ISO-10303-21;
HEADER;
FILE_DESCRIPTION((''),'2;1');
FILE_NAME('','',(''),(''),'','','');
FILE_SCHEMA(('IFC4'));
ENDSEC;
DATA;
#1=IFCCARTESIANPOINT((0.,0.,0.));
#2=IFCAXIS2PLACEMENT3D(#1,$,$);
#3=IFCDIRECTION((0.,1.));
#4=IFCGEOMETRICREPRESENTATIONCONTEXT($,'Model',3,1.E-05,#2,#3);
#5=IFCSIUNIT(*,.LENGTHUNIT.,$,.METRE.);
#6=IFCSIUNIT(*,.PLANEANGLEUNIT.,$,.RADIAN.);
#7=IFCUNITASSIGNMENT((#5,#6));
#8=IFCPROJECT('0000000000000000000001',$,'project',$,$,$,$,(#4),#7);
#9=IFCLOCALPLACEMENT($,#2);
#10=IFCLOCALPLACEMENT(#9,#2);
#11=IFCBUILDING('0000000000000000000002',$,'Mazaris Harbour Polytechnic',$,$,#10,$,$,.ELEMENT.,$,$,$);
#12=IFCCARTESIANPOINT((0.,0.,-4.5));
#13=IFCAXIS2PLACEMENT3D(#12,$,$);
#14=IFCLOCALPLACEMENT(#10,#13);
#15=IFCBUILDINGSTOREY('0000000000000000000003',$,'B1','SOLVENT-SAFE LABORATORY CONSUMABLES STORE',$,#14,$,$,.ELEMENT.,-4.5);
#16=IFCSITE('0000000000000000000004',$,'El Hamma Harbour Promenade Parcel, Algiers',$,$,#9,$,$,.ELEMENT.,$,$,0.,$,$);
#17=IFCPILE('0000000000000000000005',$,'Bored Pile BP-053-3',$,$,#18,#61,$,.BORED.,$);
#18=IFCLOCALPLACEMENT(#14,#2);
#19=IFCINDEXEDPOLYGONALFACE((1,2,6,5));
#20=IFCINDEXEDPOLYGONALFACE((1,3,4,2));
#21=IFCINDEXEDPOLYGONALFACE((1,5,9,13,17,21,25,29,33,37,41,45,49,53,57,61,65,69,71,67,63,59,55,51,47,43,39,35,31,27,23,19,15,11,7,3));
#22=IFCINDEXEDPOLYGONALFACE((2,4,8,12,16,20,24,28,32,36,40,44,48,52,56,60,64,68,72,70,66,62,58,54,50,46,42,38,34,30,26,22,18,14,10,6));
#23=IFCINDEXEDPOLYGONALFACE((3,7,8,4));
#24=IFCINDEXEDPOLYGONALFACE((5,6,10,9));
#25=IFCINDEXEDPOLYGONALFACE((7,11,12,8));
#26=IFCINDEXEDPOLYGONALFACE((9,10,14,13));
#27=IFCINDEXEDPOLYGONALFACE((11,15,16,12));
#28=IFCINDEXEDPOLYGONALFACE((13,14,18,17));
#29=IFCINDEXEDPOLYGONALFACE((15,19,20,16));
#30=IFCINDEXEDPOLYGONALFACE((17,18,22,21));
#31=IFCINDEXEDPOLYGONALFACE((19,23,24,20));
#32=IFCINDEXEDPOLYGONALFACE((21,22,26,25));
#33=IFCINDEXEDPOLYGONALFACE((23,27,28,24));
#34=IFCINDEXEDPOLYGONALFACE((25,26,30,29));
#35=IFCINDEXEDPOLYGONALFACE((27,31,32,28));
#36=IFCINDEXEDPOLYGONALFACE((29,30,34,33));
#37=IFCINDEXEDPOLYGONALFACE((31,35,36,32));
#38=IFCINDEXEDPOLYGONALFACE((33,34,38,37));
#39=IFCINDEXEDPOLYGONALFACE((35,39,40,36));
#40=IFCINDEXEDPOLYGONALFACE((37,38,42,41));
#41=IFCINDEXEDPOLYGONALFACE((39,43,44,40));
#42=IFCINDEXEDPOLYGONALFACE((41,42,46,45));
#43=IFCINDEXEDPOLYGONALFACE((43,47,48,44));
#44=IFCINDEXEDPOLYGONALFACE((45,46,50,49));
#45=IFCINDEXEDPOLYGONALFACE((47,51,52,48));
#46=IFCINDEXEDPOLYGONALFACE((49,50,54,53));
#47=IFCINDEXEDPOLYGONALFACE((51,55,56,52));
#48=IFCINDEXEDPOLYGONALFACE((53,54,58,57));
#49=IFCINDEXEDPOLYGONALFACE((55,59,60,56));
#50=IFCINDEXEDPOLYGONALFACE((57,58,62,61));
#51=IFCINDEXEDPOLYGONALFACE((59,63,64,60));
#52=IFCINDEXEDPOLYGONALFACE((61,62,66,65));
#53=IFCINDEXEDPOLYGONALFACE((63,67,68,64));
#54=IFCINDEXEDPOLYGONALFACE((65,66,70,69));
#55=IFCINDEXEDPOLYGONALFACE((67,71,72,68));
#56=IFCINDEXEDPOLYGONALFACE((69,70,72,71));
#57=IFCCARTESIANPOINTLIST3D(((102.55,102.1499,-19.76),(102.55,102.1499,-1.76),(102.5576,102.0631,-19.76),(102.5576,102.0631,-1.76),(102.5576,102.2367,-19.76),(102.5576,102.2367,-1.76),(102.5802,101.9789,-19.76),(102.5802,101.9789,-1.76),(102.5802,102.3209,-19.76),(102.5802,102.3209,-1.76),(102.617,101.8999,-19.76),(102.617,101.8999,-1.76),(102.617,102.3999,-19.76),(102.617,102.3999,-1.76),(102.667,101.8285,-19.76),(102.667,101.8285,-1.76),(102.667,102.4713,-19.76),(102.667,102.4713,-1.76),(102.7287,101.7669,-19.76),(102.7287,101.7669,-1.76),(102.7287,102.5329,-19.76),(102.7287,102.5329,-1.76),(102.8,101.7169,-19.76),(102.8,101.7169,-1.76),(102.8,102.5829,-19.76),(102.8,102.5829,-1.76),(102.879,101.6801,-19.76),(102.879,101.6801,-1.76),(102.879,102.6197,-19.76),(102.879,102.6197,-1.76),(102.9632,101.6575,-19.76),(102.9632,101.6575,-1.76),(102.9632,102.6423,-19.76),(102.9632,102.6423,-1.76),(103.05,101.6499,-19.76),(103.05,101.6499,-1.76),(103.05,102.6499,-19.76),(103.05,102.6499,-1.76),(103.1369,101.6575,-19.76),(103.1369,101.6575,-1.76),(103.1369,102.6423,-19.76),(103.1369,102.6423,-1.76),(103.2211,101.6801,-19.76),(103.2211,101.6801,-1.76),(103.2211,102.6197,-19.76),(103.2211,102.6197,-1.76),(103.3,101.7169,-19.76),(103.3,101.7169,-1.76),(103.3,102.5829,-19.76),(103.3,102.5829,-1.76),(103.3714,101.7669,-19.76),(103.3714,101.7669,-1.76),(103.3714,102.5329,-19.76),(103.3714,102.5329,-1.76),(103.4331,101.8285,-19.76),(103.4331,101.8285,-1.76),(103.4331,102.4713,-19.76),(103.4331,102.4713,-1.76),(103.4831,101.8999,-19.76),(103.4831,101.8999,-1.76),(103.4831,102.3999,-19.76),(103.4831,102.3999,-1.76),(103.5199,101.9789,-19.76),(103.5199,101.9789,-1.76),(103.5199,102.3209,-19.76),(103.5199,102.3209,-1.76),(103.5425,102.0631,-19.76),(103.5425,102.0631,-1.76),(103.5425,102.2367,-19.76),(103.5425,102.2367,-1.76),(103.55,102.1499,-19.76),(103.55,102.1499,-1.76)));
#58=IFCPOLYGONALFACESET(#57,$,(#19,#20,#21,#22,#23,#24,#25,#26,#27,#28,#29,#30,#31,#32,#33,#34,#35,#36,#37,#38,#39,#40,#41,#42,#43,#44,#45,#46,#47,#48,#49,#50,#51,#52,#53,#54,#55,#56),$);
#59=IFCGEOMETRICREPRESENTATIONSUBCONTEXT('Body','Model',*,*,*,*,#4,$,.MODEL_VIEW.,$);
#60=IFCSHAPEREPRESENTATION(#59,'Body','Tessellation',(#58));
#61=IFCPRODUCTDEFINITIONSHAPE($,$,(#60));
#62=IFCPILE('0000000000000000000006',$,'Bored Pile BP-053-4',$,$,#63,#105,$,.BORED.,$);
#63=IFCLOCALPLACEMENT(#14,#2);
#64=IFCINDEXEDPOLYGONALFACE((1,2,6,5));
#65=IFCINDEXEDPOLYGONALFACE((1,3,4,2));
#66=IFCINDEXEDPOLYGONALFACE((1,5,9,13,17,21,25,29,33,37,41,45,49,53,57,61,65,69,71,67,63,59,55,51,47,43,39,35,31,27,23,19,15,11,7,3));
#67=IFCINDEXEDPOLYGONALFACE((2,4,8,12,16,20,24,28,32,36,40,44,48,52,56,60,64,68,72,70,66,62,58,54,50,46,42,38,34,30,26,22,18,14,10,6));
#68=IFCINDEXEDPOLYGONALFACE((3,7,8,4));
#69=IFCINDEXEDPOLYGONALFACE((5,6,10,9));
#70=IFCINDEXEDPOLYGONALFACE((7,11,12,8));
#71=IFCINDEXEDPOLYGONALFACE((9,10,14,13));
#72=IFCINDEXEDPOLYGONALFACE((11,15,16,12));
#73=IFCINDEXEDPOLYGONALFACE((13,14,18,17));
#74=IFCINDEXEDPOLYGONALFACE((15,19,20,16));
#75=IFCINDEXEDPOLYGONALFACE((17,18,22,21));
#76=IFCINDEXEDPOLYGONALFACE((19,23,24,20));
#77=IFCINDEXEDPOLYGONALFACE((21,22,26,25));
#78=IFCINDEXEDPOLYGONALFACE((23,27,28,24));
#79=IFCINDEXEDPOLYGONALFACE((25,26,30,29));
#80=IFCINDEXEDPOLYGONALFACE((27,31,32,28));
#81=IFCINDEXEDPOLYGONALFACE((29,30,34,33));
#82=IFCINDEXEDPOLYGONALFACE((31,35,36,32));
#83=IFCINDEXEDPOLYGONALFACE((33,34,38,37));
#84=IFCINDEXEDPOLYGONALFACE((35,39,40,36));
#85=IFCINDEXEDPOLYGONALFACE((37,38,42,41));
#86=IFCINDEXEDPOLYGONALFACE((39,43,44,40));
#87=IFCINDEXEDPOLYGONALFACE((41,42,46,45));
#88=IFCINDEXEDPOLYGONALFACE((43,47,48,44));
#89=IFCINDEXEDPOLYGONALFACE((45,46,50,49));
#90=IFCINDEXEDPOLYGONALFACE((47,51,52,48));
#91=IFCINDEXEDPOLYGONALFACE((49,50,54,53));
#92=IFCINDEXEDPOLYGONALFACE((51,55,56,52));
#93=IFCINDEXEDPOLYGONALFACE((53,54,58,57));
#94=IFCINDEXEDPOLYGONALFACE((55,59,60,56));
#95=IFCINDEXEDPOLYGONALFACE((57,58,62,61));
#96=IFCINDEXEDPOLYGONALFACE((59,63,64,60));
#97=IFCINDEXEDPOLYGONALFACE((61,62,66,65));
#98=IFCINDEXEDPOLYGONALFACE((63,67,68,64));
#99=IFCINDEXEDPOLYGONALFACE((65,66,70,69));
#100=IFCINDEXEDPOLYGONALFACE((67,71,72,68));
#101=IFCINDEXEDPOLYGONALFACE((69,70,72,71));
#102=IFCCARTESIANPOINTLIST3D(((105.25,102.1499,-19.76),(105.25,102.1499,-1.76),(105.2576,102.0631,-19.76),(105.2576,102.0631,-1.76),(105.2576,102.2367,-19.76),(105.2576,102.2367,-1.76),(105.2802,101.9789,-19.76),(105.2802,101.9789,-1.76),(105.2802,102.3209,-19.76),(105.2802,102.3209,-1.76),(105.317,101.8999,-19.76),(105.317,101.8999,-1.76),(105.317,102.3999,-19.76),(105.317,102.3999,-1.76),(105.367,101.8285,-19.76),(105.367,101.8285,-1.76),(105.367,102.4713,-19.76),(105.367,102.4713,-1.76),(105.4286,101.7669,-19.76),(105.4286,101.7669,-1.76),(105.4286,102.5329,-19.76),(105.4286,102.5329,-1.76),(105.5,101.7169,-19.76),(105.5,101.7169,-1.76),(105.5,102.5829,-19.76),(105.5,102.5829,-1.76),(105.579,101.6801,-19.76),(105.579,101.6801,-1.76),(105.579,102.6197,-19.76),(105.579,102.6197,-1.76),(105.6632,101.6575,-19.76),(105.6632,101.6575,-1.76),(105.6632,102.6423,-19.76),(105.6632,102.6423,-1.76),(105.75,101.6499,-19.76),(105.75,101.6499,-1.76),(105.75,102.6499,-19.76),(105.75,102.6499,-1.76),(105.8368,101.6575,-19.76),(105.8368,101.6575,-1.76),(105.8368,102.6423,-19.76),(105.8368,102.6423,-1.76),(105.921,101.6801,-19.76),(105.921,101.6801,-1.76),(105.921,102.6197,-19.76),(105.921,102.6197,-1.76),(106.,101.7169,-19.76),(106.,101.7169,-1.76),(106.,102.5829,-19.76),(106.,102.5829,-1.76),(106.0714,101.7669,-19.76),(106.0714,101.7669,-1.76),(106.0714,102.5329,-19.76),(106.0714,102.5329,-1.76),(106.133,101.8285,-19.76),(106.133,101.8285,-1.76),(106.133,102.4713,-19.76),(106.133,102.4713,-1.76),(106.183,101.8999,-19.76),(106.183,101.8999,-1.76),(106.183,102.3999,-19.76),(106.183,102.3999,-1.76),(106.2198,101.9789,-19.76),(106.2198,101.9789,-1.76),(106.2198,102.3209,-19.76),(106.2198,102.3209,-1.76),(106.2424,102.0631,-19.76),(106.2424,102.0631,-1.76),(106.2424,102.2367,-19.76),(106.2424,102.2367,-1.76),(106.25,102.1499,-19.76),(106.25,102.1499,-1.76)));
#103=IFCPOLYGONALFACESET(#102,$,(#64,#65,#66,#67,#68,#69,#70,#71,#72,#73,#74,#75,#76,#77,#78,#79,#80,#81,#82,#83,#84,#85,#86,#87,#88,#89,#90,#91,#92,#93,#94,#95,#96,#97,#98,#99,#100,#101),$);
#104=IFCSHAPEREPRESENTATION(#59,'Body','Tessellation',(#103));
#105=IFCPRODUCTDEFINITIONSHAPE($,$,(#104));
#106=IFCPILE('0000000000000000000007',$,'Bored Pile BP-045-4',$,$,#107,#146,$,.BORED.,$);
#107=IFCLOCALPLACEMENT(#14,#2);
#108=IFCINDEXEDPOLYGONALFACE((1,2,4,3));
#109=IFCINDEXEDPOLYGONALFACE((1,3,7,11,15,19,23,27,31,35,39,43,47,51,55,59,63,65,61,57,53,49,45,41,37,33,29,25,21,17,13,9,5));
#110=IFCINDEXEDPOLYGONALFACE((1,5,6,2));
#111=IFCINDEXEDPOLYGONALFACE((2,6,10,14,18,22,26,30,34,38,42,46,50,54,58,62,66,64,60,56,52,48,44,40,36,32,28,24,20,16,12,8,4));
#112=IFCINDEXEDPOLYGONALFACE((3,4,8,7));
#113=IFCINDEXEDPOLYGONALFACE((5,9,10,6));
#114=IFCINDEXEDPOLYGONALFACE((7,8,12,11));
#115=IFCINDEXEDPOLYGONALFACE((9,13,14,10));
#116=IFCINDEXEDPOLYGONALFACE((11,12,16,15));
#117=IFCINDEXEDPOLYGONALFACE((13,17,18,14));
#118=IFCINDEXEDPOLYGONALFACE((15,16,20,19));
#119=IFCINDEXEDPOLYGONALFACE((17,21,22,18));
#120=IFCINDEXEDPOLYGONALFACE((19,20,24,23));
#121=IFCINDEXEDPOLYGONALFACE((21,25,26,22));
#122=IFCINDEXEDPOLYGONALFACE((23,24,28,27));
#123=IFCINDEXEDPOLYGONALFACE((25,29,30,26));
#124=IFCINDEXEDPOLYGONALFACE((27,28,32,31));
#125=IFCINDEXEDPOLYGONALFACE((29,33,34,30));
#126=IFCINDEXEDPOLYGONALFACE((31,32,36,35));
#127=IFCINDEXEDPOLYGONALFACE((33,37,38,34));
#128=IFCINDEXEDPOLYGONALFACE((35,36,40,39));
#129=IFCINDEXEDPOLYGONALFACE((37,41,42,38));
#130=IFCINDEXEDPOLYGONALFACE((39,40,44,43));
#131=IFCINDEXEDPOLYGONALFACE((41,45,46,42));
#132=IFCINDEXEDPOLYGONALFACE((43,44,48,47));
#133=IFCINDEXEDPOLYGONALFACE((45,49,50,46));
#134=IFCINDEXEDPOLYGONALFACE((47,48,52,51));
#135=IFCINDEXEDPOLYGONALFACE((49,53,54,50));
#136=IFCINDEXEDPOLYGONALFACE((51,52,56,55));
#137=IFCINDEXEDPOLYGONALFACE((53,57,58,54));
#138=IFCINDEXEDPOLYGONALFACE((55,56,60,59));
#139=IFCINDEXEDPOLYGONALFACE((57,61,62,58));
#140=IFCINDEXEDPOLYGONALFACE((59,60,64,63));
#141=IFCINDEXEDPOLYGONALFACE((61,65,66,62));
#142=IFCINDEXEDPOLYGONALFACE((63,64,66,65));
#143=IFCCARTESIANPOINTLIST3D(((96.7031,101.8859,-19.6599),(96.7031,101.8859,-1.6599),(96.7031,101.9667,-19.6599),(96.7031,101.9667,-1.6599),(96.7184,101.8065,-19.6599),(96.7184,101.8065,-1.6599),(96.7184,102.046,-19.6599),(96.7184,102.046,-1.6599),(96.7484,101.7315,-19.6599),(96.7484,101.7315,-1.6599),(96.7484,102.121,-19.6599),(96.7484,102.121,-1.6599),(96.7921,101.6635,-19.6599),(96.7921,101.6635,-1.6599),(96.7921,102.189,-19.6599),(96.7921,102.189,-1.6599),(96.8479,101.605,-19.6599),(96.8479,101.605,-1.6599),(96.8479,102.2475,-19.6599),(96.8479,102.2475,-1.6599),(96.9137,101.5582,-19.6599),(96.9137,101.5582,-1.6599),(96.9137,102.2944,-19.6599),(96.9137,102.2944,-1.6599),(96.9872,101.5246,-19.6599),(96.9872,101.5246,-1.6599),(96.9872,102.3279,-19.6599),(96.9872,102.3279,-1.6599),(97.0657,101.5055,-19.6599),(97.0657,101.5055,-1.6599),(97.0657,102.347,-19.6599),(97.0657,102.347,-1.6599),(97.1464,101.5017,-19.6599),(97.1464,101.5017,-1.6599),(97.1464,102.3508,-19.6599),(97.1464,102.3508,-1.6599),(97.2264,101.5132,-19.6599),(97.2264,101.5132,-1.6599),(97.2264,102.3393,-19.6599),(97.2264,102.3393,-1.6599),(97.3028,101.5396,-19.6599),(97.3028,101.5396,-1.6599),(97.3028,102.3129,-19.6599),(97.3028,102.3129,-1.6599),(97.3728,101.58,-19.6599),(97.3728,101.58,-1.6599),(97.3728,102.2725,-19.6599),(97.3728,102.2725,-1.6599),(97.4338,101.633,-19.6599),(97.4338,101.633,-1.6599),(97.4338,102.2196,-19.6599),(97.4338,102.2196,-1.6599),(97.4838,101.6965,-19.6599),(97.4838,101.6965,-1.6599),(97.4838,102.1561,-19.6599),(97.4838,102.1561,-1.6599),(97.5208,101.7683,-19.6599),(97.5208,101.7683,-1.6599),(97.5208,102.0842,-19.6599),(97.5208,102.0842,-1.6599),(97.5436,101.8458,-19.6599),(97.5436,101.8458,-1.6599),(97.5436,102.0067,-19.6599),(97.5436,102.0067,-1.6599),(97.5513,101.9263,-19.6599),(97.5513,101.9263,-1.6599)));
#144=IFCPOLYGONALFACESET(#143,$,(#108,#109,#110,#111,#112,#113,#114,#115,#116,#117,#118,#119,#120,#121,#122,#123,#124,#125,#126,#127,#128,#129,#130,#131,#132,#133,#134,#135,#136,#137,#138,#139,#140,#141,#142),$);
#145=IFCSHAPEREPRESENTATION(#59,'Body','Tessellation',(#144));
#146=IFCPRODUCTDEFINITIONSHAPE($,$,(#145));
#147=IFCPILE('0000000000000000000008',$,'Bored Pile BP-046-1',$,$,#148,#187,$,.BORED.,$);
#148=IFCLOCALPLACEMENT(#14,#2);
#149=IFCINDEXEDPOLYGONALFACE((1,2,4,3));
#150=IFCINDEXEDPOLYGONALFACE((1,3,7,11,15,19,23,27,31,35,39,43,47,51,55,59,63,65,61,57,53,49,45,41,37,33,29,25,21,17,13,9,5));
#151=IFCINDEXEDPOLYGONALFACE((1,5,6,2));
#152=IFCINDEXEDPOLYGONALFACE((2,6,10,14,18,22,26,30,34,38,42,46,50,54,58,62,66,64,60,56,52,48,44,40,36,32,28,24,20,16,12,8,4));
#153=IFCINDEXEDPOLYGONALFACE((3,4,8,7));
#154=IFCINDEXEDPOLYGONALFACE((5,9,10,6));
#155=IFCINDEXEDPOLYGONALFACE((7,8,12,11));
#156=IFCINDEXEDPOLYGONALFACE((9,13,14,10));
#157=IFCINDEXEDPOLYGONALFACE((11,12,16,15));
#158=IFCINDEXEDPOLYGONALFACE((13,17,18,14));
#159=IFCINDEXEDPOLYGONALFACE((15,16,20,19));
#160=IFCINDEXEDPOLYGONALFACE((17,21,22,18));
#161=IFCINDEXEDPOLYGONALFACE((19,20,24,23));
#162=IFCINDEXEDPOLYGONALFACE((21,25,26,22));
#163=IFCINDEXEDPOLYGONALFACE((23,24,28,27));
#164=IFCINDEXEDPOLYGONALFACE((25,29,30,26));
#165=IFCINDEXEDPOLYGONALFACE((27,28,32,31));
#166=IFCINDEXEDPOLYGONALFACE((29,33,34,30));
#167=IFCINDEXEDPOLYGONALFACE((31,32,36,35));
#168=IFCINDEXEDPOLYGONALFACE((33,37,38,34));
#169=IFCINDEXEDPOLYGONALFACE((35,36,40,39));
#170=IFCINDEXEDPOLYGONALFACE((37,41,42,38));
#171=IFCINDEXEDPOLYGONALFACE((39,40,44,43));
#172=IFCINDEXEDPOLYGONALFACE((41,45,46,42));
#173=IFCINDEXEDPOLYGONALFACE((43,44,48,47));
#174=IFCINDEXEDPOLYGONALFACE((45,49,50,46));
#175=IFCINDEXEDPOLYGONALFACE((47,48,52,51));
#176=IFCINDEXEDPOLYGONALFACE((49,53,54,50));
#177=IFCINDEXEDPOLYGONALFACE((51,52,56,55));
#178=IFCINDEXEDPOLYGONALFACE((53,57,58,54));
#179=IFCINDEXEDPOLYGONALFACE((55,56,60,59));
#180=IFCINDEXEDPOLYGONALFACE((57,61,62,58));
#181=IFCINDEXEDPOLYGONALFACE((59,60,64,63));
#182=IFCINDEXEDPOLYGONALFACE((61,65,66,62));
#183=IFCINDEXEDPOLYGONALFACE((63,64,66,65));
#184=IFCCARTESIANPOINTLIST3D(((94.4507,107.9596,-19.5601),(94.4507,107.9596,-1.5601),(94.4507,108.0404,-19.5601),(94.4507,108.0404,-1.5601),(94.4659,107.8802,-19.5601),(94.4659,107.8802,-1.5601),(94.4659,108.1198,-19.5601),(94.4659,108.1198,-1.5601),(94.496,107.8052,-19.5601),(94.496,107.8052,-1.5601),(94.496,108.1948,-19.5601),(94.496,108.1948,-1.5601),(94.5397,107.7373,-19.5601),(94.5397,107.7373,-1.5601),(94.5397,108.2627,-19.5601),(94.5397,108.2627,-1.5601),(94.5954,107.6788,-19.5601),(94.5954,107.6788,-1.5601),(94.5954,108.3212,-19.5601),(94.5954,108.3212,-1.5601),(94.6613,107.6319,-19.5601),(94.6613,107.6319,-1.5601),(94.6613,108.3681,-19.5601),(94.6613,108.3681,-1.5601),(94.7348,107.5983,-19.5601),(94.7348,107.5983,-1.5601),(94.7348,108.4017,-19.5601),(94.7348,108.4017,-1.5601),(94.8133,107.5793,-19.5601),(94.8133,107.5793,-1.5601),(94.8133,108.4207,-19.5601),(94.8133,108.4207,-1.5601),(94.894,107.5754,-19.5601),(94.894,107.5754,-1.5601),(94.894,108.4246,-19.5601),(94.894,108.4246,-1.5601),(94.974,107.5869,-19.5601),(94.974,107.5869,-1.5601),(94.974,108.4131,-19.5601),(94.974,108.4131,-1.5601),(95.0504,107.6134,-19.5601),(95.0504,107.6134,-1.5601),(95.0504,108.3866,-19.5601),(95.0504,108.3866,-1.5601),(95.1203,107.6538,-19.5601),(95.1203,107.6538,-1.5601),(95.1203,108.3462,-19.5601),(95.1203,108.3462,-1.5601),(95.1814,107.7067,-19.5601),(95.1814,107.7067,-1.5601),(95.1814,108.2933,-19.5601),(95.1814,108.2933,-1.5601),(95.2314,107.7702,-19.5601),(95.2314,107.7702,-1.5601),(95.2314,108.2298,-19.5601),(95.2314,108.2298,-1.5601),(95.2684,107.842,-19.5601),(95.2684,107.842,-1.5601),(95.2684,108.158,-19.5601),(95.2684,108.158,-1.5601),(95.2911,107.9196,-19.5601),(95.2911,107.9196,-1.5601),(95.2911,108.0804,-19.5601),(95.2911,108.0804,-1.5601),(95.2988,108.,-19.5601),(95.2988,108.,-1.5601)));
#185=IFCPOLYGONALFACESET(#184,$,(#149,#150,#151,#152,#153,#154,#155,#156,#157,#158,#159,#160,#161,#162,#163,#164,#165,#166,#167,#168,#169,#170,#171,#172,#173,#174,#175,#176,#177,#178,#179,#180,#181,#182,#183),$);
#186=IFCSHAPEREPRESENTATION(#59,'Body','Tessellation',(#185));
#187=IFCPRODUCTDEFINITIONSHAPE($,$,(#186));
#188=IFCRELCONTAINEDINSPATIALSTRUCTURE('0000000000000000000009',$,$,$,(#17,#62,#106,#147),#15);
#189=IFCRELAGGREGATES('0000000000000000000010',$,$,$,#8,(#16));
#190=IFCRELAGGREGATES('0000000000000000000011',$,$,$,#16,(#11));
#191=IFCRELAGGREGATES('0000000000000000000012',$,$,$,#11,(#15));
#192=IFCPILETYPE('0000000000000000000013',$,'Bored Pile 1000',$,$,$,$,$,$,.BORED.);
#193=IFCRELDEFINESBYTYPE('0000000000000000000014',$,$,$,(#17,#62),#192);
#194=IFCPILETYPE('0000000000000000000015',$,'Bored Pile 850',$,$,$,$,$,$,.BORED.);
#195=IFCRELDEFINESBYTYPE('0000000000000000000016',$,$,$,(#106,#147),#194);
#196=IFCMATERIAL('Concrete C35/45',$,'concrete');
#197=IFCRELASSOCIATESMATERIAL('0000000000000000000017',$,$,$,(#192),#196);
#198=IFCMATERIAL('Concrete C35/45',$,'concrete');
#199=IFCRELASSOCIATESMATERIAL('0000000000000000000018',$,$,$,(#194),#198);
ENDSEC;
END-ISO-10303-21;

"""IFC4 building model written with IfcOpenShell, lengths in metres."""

from ifc_helpers import new_model, si_unit, direction, frame, origin, origin_2d, place, context, subcontext, project, spatial, circle, extrude, material, material_profile, profile_set, type_object, element, save


model = new_model("IFC4")

# Units and contexts
model_context = context("Model", 3, precision=1e-05, world=origin(), true_north=direction((0.0, 1.0)))
body_context = subcontext(model_context, "Body", "Model", "MODEL_VIEW")
ifc_project = project(units=[si_unit("LENGTHUNIT", "METRE"), si_unit("PLANEANGLEUNIT", "RADIAN")], contexts=[model_context])

# Site, building, storey
site_placement = place(None, origin())
site = spatial("IfcSite", under=ifc_project, at=site_placement, Name="El Hamma Harbour Promenade Parcel, Algiers", CompositionType="ELEMENT", RefElevation=0.0)
building_placement = place(site_placement, origin())
building = spatial("IfcBuilding", under=site, at=building_placement, Name="Mazaris Harbour Polytechnic", CompositionType="ELEMENT")
storey_placement = place(building_placement, frame((0.0, 0.0, -4.5)))
storey = spatial("IfcBuildingStorey", under=building, at=storey_placement, Name="B1", Description="SOLVENT-SAFE LABORATORY CONSUMABLES STORE", CompositionType="ELEMENT", Elevation=-4.5)

# Piles
ifc_material_1 = material(Name="Concrete C35/45", Category="concrete")
ifc_material_profile_1 = material_profile(ifc_material_1, circle(Radius=0.5, at=origin_2d()), Name="DIA1000")
ifc_profile_set_1 = profile_set([ifc_material_profile_1], Name="Concrete C35/45")
pile_type_1 = type_object("IfcPileType", Name="Bored Pile 1000", PredefinedType="BORED", material=ifc_profile_set_1)
for number, where, z_axis, x_axis, name in (
    (1, (103.05, 102.1499, -1.76), (0.0, 0.0, -1.0), (1.0, 0.0, 0.0), "Bored Pile BP-053-3"),
    (2, (105.75, 102.1499, -1.76), (0.0, 0.0, -1.0), (1.0, 0.0, 0.0), "Bored Pile BP-053-4"),
):
    element("IfcPile", number, at=place(storey_placement, frame(where, z_axis=z_axis, x_axis=x_axis)), inside=storey, type_object=pile_type_1, Name=name, PredefinedType="BORED", context=body_context, shape_type="SweptSolid", body=[
        extrude(circle(Radius=0.5, at=origin_2d()), origin(), (0.0, 0.0, 1.0), 18.0),
    ])
ifc_material_2 = material(Name="Concrete C35/45", Category="concrete")
ifc_material_profile_2 = material_profile(ifc_material_2, circle(Radius=0.425, at=origin_2d()), Name="DIA850")
ifc_profile_set_2 = profile_set([ifc_material_profile_2], Name="Concrete C35/45")
pile_type_2 = type_object("IfcPileType", Name="Bored Pile 850", PredefinedType="BORED", material=ifc_profile_set_2)
for number, where, z_axis, x_axis, name in (
    (3, (97.1262, 101.9263, -1.6599), (0.0, 0.0, -1.0), (1.0, 0.0, 0.0), "Bored Pile BP-045-4"),
    (4, (94.8738, 108.0, -1.5601), (0.0, 0.0, -1.0), (1.0, 0.0, 0.0), "Bored Pile BP-046-1"),
):
    element("IfcPile", number, at=place(storey_placement, frame(where, z_axis=z_axis, x_axis=x_axis)), inside=storey, type_object=pile_type_2, Name=name, PredefinedType="BORED", context=body_context, shape_type="SweptSolid", body=[
        extrude(circle(Radius=0.425, at=origin_2d()), origin(), (0.0, 0.0, 1.0), 18.0),
    ])

save(model, "model.ifc")
